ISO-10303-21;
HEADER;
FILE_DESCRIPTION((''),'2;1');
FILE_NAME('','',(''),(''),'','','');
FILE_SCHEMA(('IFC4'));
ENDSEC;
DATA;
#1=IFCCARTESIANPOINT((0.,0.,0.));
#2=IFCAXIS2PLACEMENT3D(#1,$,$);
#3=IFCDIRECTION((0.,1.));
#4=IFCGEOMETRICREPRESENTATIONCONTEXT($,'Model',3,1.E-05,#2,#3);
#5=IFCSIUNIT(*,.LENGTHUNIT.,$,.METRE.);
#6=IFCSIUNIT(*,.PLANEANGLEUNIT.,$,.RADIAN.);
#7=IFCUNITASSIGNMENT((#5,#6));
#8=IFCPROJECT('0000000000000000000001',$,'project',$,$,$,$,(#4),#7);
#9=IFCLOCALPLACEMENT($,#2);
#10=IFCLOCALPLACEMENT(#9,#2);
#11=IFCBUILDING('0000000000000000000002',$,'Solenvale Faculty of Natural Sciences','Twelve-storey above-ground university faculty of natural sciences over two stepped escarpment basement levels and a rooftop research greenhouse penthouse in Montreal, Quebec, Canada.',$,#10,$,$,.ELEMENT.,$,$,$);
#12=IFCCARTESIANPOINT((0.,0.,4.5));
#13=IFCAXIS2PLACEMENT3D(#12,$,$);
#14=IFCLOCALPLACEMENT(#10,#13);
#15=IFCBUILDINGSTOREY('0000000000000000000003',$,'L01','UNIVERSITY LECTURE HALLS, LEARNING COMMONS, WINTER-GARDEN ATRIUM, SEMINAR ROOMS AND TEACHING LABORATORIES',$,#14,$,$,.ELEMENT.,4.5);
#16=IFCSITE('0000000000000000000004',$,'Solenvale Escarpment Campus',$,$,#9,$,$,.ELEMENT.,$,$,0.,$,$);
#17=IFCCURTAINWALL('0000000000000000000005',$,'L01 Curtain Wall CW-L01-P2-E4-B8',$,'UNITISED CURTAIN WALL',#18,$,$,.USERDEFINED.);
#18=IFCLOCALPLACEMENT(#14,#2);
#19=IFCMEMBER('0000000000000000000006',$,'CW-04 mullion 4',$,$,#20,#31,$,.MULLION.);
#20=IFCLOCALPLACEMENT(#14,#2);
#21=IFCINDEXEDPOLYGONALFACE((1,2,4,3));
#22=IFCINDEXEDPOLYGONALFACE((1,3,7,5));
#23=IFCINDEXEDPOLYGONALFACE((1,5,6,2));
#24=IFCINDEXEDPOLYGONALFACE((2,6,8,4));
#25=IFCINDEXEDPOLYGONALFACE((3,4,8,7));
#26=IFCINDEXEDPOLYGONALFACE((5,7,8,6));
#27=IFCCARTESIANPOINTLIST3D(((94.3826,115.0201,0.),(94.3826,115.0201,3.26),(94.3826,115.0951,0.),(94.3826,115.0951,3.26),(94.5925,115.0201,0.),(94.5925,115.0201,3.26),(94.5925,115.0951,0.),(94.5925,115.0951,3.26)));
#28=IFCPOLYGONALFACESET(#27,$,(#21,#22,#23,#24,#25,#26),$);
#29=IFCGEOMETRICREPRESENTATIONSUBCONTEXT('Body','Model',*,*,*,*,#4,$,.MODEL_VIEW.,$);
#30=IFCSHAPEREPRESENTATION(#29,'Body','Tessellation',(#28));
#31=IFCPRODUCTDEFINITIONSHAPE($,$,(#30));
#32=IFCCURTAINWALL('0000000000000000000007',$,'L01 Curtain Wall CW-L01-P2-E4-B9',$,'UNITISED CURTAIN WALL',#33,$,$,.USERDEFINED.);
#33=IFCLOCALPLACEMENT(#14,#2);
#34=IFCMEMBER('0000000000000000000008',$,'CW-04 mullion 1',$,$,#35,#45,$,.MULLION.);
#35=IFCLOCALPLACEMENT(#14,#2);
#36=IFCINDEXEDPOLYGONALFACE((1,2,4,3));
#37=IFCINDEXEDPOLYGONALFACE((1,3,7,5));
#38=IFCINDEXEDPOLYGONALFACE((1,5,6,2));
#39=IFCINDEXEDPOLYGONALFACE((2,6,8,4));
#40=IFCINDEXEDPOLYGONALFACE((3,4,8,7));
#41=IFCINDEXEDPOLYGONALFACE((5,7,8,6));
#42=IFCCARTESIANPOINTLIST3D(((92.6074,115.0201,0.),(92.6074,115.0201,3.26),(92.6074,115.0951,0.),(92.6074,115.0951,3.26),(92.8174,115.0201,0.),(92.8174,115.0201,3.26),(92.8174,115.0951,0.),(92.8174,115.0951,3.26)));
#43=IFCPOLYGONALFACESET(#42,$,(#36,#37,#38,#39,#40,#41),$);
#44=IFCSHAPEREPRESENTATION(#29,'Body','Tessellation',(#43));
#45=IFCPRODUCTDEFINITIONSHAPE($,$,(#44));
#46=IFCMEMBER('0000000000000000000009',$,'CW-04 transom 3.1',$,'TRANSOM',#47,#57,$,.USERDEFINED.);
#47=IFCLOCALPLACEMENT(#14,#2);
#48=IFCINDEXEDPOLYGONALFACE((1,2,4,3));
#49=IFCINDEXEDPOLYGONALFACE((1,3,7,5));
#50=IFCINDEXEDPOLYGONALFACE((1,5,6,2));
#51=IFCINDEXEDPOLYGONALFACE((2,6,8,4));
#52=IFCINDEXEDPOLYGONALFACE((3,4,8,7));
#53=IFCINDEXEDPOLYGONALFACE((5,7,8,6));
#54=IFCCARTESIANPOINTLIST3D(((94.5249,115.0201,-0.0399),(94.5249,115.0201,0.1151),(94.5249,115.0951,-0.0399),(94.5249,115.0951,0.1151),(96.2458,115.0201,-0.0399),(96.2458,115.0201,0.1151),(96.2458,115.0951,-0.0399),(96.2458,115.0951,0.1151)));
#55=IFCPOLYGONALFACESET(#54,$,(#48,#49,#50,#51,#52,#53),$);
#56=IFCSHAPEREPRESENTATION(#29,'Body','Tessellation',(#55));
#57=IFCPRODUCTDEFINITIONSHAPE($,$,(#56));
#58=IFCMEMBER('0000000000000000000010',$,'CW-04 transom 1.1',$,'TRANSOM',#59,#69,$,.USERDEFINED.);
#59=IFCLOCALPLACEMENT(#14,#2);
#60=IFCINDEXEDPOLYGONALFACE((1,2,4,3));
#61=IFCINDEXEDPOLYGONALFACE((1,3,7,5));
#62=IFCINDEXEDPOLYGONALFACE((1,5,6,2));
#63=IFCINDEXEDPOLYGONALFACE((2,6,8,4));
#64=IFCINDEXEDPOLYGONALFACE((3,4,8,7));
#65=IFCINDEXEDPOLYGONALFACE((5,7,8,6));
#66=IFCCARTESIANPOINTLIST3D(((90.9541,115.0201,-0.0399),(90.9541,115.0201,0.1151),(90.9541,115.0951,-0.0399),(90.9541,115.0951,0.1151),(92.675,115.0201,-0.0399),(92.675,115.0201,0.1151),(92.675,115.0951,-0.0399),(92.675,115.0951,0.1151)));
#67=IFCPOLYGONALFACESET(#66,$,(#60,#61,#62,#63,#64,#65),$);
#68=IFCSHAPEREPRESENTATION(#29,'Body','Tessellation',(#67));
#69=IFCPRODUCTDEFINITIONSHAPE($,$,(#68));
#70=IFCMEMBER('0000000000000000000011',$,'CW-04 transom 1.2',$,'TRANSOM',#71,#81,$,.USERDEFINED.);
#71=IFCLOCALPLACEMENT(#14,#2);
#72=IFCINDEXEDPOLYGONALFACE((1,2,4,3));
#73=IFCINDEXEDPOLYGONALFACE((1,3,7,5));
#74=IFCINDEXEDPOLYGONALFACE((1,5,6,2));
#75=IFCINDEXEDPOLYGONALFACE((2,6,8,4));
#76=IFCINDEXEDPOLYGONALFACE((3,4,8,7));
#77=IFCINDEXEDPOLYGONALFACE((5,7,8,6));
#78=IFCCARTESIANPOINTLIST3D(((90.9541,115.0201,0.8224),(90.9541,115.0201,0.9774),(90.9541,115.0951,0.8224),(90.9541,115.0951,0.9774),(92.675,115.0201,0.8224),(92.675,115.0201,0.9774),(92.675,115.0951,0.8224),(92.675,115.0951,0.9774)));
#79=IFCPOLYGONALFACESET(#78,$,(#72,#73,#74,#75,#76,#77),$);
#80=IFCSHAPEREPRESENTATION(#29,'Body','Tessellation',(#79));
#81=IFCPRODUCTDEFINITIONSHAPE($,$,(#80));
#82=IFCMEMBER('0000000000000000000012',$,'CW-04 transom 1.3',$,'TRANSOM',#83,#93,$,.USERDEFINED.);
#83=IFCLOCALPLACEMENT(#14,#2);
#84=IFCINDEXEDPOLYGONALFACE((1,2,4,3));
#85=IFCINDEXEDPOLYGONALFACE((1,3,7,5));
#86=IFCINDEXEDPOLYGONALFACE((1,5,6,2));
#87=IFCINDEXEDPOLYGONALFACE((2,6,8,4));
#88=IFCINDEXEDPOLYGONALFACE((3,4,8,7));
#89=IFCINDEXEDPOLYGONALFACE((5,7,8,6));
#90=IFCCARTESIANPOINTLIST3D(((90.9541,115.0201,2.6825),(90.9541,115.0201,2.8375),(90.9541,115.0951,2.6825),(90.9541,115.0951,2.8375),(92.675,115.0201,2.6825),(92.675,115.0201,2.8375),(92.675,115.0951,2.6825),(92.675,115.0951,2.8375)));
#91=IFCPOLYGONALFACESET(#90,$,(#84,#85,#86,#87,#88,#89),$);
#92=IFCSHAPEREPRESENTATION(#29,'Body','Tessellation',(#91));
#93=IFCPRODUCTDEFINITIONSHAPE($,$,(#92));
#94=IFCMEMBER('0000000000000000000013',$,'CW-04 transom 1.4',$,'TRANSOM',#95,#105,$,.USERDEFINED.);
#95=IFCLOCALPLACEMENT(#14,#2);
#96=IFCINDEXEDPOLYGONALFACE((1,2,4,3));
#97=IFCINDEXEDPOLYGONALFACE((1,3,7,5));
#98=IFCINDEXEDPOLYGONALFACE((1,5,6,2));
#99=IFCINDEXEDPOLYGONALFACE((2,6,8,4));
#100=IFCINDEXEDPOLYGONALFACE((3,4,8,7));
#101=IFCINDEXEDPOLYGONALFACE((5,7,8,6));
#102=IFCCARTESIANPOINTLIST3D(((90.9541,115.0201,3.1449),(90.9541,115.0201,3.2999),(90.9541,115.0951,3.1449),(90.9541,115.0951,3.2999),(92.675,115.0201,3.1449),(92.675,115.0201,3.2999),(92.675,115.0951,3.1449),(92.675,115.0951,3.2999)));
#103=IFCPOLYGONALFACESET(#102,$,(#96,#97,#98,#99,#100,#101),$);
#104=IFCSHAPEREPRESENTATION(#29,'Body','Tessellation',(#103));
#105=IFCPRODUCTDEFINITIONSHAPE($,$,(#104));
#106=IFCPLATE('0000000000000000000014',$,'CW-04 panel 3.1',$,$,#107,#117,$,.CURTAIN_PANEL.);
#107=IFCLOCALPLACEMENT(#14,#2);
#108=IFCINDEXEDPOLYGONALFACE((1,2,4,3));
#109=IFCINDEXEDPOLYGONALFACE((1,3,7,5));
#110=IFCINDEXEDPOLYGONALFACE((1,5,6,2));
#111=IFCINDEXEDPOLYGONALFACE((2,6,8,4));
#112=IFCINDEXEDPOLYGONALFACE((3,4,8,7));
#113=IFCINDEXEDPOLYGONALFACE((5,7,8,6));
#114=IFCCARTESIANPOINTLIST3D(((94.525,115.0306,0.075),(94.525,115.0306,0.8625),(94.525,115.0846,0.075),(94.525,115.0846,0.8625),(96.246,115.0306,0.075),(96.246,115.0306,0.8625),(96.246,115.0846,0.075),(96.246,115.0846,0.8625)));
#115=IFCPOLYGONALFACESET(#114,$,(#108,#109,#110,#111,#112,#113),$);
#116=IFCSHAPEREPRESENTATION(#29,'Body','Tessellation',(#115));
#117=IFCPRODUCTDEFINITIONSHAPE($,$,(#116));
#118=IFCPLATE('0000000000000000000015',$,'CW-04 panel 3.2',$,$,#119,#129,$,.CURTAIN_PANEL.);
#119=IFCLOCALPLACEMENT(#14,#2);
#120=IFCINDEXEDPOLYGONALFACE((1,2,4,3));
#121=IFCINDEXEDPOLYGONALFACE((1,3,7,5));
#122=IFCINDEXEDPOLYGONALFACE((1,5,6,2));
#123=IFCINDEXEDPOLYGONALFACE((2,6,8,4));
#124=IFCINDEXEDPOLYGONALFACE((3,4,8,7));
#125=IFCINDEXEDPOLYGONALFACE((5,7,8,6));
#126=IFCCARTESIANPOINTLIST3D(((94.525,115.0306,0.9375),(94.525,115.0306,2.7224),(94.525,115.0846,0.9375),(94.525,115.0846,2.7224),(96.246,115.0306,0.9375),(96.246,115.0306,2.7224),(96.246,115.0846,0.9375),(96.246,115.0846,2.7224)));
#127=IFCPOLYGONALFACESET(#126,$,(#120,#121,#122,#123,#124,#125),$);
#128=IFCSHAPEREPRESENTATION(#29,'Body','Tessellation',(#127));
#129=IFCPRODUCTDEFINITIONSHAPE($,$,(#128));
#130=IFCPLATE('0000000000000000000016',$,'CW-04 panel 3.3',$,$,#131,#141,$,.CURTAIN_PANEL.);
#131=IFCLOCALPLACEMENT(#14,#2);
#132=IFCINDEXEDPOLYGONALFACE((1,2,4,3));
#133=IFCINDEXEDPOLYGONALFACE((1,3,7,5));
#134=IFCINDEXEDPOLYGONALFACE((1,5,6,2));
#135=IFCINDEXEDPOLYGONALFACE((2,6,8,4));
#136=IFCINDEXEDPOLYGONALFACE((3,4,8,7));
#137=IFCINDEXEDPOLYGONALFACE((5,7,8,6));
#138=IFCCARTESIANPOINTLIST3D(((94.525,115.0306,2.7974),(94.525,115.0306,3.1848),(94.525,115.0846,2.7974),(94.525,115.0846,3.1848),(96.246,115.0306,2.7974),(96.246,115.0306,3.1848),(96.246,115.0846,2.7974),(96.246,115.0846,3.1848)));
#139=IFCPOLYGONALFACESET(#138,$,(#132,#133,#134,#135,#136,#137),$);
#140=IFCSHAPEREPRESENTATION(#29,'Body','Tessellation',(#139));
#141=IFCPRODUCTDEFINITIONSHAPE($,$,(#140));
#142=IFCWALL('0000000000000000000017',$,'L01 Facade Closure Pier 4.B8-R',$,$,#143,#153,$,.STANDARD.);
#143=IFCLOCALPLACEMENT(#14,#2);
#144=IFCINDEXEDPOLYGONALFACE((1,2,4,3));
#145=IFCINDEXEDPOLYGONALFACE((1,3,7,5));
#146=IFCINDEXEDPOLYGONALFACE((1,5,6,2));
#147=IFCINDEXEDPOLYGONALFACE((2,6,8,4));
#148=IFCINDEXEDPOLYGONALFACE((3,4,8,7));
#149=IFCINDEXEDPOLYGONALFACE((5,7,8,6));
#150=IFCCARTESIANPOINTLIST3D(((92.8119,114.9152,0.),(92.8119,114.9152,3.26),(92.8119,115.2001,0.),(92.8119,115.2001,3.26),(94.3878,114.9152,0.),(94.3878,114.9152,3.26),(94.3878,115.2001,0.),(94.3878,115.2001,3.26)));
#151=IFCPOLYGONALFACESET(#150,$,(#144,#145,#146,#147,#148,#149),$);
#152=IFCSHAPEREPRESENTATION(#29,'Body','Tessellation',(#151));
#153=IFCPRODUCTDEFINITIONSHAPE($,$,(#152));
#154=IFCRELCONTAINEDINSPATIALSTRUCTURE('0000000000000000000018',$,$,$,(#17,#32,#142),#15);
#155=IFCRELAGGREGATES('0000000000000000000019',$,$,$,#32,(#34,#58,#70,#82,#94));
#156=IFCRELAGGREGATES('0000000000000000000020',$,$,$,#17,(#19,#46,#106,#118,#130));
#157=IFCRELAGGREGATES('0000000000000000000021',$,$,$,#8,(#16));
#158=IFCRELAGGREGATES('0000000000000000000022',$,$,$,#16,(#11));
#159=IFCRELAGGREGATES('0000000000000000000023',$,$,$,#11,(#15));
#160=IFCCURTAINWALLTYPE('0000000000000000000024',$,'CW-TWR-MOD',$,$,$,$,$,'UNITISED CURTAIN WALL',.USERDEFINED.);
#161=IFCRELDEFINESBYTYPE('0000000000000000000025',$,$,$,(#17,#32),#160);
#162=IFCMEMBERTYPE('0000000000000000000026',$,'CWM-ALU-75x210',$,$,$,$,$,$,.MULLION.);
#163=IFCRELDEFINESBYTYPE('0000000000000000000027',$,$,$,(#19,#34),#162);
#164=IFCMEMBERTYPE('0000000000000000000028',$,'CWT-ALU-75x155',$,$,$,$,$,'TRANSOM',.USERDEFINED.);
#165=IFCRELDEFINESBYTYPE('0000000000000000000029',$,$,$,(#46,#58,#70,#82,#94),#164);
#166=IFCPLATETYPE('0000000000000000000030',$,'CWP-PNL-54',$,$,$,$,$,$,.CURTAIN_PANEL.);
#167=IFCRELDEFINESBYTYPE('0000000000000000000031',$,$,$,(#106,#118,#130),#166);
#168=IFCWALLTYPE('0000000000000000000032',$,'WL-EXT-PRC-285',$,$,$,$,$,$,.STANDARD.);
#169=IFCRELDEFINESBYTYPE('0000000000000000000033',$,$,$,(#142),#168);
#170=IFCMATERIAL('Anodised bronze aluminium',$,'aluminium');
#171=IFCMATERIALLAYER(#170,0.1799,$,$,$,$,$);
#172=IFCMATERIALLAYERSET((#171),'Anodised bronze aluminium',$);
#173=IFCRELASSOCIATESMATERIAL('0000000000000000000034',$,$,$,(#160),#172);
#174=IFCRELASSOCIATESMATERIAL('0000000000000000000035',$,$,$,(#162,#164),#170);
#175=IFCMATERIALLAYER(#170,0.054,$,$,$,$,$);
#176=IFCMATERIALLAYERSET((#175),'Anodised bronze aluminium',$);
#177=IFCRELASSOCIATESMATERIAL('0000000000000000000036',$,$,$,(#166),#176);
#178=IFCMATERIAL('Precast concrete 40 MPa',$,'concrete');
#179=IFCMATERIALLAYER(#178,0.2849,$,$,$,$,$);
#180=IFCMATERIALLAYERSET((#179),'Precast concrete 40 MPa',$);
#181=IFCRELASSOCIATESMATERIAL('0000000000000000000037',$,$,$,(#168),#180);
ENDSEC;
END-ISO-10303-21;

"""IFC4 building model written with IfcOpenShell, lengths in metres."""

from ifc_helpers import new_model, si_unit, direction, frame, frame_2d, origin, origin_2d, place, context, subcontext, project, spatial, rectangle, extrude, material, layer, layer_set, material_profile, profile_set, type_object, element, aggregate, save


model = new_model("IFC4")

# Units and contexts
model_context = context("Model", 3, precision=1e-05, world=origin(), true_north=direction((0.0, 1.0)))
body_context = subcontext(model_context, "Body", "Model", "MODEL_VIEW")
ifc_project = project(units=[si_unit("LENGTHUNIT", "METRE"), si_unit("PLANEANGLEUNIT", "RADIAN")], contexts=[model_context])

# Site, building, storey
site_placement = place(None, origin())
site = spatial("IfcSite", under=ifc_project, at=site_placement, Name="Solenvale Escarpment Campus", CompositionType="ELEMENT", RefElevation=0.0)
building_placement = place(site_placement, origin())
building = spatial("IfcBuilding", under=site, at=building_placement, Name="Solenvale Faculty of Natural Sciences", Description="Twelve-storey above-ground university faculty of natural sciences over two stepped escarpment basement levels and a rooftop research greenhouse penthouse in Montreal, Quebec, Canada.", CompositionType="ELEMENT")
storey_placement = place(building_placement, frame((0.0, 0.0, 4.5)))
storey = spatial("IfcBuildingStorey", under=building, at=storey_placement, Name="L01", Description="UNIVERSITY LECTURE HALLS, LEARNING COMMONS, WINTER-GARDEN ATRIUM, SEMINAR ROOMS AND TEACHING LABORATORIES", CompositionType="ELEMENT", Elevation=4.5)

# Curtain walls, members
ifc_material_1 = material(Name="Anodised bronze aluminium", Category="aluminium")
ifc_layer_1 = layer(ifc_material_1, 0.1799)
ifc_layer_set_1 = layer_set([ifc_layer_1], Name="Anodised bronze aluminium")
curtain_wall_type = type_object("IfcCurtainWallType", Name="CW-TWR-MOD", ElementType="UNITISED CURTAIN WALL", PredefinedType="USERDEFINED", material=ifc_layer_set_1)
curtain_wall_1_placement = place(storey_placement, origin())
curtain_wall_1 = element("IfcCurtainWall", 1, at=curtain_wall_1_placement, inside=storey, type_object=curtain_wall_type, Name="L01 Curtain Wall CW-L01-P2-E4-B8", ObjectType="UNITISED CURTAIN WALL", PredefinedType="USERDEFINED")
ifc_material_profile_1 = material_profile(ifc_material_1, rectangle(XDim=0.075, YDim=0.21, at=origin_2d()), Name="ALU-MUL-75x210")
ifc_profile_set_1 = profile_set([ifc_material_profile_1], Name="Anodised bronze aluminium")
member_type_1 = type_object("IfcMemberType", Name="CWM-ALU-75x210", PredefinedType="MULLION", material=ifc_profile_set_1)
member_1_placement = place(storey_placement, frame((94.4875, 115.0576, 0.0), z_axis=(0.0, 0.0, 1.0), x_axis=(0.0, -1.0, 0.0)))
member_1 = element("IfcMember", 2, at=member_1_placement, type_object=member_type_1, Name="CW-04 mullion 4", PredefinedType="MULLION", context=body_context, shape_type="SweptSolid", body=[
    extrude(rectangle(XDim=0.075, YDim=0.21, at=origin_2d()), origin(), (0.0, 0.0, 1.0), 3.26),
])
curtain_wall_2_placement = place(storey_placement, origin())
curtain_wall_2 = element("IfcCurtainWall", 3, at=curtain_wall_2_placement, inside=storey, type_object=curtain_wall_type, Name="L01 Curtain Wall CW-L01-P2-E4-B9", ObjectType="UNITISED CURTAIN WALL", PredefinedType="USERDEFINED")
member_2_placement = place(storey_placement, frame((92.7124, 115.0576, 0.0), z_axis=(0.0, 0.0, 1.0), x_axis=(0.0, -1.0, 0.0)))
member_2 = element("IfcMember", 4, at=member_2_placement, type_object=member_type_1, Name="CW-04 mullion 1", PredefinedType="MULLION", context=body_context, shape_type="SweptSolid", body=[
    extrude(rectangle(XDim=0.075, YDim=0.21, at=origin_2d()), origin(), (0.0, 0.0, 1.0), 3.26),
])

# Members
ifc_material_profile_2 = material_profile(ifc_material_1, rectangle(XDim=0.075, YDim=0.155, at=origin_2d()), Name="ALU-TRN-75x155")
ifc_profile_set_2 = profile_set([ifc_material_profile_2], Name="Anodised bronze aluminium")
member_type_2 = type_object("IfcMemberType", Name="CWT-ALU-75x155", ElementType="TRANSOM", PredefinedType="USERDEFINED", material=ifc_profile_set_2)
member_3_placement = place(storey_placement, frame((96.2458, 115.0576, 0.0376), z_axis=(-1.0, 0.0, 0.0), x_axis=(0.0, -1.0, 0.0)))
member_3 = element("IfcMember", 5, at=member_3_placement, type_object=member_type_2, Name="CW-04 transom 3.1", ObjectType="TRANSOM", PredefinedType="USERDEFINED", context=body_context, shape_type="SweptSolid", body=[
    extrude(rectangle(XDim=0.075, YDim=0.155, at=origin_2d()), origin(), (0.0, 0.0, 1.0), 1.7209),
])
member_4_placement = place(storey_placement, frame((92.675, 115.0576, 0.0376), z_axis=(-1.0, 0.0, 0.0), x_axis=(0.0, -1.0, 0.0)))
member_4 = element("IfcMember", 6, at=member_4_placement, type_object=member_type_2, Name="CW-04 transom 1.1", ObjectType="TRANSOM", PredefinedType="USERDEFINED", context=body_context, shape_type="SweptSolid", body=[
    extrude(rectangle(XDim=0.075, YDim=0.155, at=origin_2d()), origin(), (0.0, 0.0, 1.0), 1.7209),
])
member_5_placement = place(storey_placement, frame((92.675, 115.0576, 0.8999), z_axis=(-1.0, 0.0, 0.0), x_axis=(0.0, -1.0, 0.0)))
member_5 = element("IfcMember", 7, at=member_5_placement, type_object=member_type_2, Name="CW-04 transom 1.2", ObjectType="TRANSOM", PredefinedType="USERDEFINED", context=body_context, shape_type="SweptSolid", body=[
    extrude(rectangle(XDim=0.075, YDim=0.155, at=origin_2d()), origin(), (0.0, 0.0, 1.0), 1.7209),
])
member_6_placement = place(storey_placement, frame((92.675, 115.0576, 2.76), z_axis=(-1.0, 0.0, 0.0), x_axis=(0.0, -1.0, 0.0)))
member_6 = element("IfcMember", 8, at=member_6_placement, type_object=member_type_2, Name="CW-04 transom 1.3", ObjectType="TRANSOM", PredefinedType="USERDEFINED", context=body_context, shape_type="SweptSolid", body=[
    extrude(rectangle(XDim=0.075, YDim=0.155, at=origin_2d()), origin(), (0.0, 0.0, 1.0), 1.7209),
])
member_7_placement = place(storey_placement, frame((92.675, 115.0576, 3.2224), z_axis=(-1.0, 0.0, 0.0), x_axis=(0.0, -1.0, 0.0)))
member_7 = element("IfcMember", 9, at=member_7_placement, type_object=member_type_2, Name="CW-04 transom 1.4", ObjectType="TRANSOM", PredefinedType="USERDEFINED", context=body_context, shape_type="SweptSolid", body=[
    extrude(rectangle(XDim=0.075, YDim=0.155, at=origin_2d()), origin(), (0.0, 0.0, 1.0), 1.7209),
])
aggregate(curtain_wall_2, [member_2, member_4, member_5, member_6, member_7])

# Plates
ifc_layer_2 = layer(ifc_material_1, 0.054)
ifc_layer_set_2 = layer_set([ifc_layer_2], Name="Anodised bronze aluminium")
plate_type = type_object("IfcPlateType", Name="CWP-PNL-54", PredefinedType="CURTAIN_PANEL", material=ifc_layer_set_2)
plate_1_placement = place(storey_placement, frame((95.3855, 115.0576, 0.075), z_axis=(0.0, 0.0, 1.0), x_axis=(-1.0, 0.0, 0.0)))
plate_1 = element("IfcPlate", 10, at=plate_1_placement, type_object=plate_type, Name="CW-04 panel 3.1", PredefinedType="CURTAIN_PANEL", context=body_context, shape_type="SweptSolid", body=[
    extrude(rectangle(XDim=1.7209, YDim=0.054, at=origin_2d()), origin(), (0.0, 0.0, 1.0), 0.7876),
])
plate_2_placement = place(storey_placement, frame((95.3855, 115.0576, 0.9375), z_axis=(0.0, 0.0, 1.0), x_axis=(-1.0, 0.0, 0.0)))
plate_2 = element("IfcPlate", 11, at=plate_2_placement, type_object=plate_type, Name="CW-04 panel 3.2", PredefinedType="CURTAIN_PANEL", context=body_context, shape_type="SweptSolid", body=[
    extrude(rectangle(XDim=1.7209, YDim=0.054, at=origin_2d()), origin(), (0.0, 0.0, 1.0), 1.7849),
])
plate_3_placement = place(storey_placement, frame((95.3855, 115.0576, 2.7974), z_axis=(0.0, 0.0, 1.0), x_axis=(-1.0, 0.0, 0.0)))
plate_3 = element("IfcPlate", 12, at=plate_3_placement, type_object=plate_type, Name="CW-04 panel 3.3", PredefinedType="CURTAIN_PANEL", context=body_context, shape_type="SweptSolid", body=[
    extrude(rectangle(XDim=1.7209, YDim=0.054, at=origin_2d()), origin(), (0.0, 0.0, 1.0), 0.3875),
])
aggregate(curtain_wall_1, [member_1, member_3, plate_1, plate_2, plate_3])

# Wall
ifc_material_2 = material(Name="Precast concrete 40 MPa", Category="concrete")
ifc_layer_3 = layer(ifc_material_2, 0.2849)
ifc_layer_set_3 = layer_set([ifc_layer_3], Name="Precast concrete 40 MPa")
wall_type_1 = type_object("IfcWallType", Name="WL-EXT-PRC-285", PredefinedType="STANDARD", material=ifc_layer_set_3)
wall_1_placement = place(storey_placement, frame((94.3879, 115.0576, 0.0), z_axis=(0.0, 0.0, 1.0), x_axis=(-1.0, 0.0, 0.0)))
element("IfcWall", 13, at=wall_1_placement, inside=storey, type_object=wall_type_1, Name="L01 Facade Closure Pier 4.B8-R", PredefinedType="STANDARD", context=body_context, shape_type="SweptSolid", body=[
    extrude(rectangle(XDim=1.5759, YDim=0.2849, at=frame_2d((0.7881, 0.0))), origin(), (0.0, 0.0, 1.0), 3.26),
])

save(model, "model.ifc")
